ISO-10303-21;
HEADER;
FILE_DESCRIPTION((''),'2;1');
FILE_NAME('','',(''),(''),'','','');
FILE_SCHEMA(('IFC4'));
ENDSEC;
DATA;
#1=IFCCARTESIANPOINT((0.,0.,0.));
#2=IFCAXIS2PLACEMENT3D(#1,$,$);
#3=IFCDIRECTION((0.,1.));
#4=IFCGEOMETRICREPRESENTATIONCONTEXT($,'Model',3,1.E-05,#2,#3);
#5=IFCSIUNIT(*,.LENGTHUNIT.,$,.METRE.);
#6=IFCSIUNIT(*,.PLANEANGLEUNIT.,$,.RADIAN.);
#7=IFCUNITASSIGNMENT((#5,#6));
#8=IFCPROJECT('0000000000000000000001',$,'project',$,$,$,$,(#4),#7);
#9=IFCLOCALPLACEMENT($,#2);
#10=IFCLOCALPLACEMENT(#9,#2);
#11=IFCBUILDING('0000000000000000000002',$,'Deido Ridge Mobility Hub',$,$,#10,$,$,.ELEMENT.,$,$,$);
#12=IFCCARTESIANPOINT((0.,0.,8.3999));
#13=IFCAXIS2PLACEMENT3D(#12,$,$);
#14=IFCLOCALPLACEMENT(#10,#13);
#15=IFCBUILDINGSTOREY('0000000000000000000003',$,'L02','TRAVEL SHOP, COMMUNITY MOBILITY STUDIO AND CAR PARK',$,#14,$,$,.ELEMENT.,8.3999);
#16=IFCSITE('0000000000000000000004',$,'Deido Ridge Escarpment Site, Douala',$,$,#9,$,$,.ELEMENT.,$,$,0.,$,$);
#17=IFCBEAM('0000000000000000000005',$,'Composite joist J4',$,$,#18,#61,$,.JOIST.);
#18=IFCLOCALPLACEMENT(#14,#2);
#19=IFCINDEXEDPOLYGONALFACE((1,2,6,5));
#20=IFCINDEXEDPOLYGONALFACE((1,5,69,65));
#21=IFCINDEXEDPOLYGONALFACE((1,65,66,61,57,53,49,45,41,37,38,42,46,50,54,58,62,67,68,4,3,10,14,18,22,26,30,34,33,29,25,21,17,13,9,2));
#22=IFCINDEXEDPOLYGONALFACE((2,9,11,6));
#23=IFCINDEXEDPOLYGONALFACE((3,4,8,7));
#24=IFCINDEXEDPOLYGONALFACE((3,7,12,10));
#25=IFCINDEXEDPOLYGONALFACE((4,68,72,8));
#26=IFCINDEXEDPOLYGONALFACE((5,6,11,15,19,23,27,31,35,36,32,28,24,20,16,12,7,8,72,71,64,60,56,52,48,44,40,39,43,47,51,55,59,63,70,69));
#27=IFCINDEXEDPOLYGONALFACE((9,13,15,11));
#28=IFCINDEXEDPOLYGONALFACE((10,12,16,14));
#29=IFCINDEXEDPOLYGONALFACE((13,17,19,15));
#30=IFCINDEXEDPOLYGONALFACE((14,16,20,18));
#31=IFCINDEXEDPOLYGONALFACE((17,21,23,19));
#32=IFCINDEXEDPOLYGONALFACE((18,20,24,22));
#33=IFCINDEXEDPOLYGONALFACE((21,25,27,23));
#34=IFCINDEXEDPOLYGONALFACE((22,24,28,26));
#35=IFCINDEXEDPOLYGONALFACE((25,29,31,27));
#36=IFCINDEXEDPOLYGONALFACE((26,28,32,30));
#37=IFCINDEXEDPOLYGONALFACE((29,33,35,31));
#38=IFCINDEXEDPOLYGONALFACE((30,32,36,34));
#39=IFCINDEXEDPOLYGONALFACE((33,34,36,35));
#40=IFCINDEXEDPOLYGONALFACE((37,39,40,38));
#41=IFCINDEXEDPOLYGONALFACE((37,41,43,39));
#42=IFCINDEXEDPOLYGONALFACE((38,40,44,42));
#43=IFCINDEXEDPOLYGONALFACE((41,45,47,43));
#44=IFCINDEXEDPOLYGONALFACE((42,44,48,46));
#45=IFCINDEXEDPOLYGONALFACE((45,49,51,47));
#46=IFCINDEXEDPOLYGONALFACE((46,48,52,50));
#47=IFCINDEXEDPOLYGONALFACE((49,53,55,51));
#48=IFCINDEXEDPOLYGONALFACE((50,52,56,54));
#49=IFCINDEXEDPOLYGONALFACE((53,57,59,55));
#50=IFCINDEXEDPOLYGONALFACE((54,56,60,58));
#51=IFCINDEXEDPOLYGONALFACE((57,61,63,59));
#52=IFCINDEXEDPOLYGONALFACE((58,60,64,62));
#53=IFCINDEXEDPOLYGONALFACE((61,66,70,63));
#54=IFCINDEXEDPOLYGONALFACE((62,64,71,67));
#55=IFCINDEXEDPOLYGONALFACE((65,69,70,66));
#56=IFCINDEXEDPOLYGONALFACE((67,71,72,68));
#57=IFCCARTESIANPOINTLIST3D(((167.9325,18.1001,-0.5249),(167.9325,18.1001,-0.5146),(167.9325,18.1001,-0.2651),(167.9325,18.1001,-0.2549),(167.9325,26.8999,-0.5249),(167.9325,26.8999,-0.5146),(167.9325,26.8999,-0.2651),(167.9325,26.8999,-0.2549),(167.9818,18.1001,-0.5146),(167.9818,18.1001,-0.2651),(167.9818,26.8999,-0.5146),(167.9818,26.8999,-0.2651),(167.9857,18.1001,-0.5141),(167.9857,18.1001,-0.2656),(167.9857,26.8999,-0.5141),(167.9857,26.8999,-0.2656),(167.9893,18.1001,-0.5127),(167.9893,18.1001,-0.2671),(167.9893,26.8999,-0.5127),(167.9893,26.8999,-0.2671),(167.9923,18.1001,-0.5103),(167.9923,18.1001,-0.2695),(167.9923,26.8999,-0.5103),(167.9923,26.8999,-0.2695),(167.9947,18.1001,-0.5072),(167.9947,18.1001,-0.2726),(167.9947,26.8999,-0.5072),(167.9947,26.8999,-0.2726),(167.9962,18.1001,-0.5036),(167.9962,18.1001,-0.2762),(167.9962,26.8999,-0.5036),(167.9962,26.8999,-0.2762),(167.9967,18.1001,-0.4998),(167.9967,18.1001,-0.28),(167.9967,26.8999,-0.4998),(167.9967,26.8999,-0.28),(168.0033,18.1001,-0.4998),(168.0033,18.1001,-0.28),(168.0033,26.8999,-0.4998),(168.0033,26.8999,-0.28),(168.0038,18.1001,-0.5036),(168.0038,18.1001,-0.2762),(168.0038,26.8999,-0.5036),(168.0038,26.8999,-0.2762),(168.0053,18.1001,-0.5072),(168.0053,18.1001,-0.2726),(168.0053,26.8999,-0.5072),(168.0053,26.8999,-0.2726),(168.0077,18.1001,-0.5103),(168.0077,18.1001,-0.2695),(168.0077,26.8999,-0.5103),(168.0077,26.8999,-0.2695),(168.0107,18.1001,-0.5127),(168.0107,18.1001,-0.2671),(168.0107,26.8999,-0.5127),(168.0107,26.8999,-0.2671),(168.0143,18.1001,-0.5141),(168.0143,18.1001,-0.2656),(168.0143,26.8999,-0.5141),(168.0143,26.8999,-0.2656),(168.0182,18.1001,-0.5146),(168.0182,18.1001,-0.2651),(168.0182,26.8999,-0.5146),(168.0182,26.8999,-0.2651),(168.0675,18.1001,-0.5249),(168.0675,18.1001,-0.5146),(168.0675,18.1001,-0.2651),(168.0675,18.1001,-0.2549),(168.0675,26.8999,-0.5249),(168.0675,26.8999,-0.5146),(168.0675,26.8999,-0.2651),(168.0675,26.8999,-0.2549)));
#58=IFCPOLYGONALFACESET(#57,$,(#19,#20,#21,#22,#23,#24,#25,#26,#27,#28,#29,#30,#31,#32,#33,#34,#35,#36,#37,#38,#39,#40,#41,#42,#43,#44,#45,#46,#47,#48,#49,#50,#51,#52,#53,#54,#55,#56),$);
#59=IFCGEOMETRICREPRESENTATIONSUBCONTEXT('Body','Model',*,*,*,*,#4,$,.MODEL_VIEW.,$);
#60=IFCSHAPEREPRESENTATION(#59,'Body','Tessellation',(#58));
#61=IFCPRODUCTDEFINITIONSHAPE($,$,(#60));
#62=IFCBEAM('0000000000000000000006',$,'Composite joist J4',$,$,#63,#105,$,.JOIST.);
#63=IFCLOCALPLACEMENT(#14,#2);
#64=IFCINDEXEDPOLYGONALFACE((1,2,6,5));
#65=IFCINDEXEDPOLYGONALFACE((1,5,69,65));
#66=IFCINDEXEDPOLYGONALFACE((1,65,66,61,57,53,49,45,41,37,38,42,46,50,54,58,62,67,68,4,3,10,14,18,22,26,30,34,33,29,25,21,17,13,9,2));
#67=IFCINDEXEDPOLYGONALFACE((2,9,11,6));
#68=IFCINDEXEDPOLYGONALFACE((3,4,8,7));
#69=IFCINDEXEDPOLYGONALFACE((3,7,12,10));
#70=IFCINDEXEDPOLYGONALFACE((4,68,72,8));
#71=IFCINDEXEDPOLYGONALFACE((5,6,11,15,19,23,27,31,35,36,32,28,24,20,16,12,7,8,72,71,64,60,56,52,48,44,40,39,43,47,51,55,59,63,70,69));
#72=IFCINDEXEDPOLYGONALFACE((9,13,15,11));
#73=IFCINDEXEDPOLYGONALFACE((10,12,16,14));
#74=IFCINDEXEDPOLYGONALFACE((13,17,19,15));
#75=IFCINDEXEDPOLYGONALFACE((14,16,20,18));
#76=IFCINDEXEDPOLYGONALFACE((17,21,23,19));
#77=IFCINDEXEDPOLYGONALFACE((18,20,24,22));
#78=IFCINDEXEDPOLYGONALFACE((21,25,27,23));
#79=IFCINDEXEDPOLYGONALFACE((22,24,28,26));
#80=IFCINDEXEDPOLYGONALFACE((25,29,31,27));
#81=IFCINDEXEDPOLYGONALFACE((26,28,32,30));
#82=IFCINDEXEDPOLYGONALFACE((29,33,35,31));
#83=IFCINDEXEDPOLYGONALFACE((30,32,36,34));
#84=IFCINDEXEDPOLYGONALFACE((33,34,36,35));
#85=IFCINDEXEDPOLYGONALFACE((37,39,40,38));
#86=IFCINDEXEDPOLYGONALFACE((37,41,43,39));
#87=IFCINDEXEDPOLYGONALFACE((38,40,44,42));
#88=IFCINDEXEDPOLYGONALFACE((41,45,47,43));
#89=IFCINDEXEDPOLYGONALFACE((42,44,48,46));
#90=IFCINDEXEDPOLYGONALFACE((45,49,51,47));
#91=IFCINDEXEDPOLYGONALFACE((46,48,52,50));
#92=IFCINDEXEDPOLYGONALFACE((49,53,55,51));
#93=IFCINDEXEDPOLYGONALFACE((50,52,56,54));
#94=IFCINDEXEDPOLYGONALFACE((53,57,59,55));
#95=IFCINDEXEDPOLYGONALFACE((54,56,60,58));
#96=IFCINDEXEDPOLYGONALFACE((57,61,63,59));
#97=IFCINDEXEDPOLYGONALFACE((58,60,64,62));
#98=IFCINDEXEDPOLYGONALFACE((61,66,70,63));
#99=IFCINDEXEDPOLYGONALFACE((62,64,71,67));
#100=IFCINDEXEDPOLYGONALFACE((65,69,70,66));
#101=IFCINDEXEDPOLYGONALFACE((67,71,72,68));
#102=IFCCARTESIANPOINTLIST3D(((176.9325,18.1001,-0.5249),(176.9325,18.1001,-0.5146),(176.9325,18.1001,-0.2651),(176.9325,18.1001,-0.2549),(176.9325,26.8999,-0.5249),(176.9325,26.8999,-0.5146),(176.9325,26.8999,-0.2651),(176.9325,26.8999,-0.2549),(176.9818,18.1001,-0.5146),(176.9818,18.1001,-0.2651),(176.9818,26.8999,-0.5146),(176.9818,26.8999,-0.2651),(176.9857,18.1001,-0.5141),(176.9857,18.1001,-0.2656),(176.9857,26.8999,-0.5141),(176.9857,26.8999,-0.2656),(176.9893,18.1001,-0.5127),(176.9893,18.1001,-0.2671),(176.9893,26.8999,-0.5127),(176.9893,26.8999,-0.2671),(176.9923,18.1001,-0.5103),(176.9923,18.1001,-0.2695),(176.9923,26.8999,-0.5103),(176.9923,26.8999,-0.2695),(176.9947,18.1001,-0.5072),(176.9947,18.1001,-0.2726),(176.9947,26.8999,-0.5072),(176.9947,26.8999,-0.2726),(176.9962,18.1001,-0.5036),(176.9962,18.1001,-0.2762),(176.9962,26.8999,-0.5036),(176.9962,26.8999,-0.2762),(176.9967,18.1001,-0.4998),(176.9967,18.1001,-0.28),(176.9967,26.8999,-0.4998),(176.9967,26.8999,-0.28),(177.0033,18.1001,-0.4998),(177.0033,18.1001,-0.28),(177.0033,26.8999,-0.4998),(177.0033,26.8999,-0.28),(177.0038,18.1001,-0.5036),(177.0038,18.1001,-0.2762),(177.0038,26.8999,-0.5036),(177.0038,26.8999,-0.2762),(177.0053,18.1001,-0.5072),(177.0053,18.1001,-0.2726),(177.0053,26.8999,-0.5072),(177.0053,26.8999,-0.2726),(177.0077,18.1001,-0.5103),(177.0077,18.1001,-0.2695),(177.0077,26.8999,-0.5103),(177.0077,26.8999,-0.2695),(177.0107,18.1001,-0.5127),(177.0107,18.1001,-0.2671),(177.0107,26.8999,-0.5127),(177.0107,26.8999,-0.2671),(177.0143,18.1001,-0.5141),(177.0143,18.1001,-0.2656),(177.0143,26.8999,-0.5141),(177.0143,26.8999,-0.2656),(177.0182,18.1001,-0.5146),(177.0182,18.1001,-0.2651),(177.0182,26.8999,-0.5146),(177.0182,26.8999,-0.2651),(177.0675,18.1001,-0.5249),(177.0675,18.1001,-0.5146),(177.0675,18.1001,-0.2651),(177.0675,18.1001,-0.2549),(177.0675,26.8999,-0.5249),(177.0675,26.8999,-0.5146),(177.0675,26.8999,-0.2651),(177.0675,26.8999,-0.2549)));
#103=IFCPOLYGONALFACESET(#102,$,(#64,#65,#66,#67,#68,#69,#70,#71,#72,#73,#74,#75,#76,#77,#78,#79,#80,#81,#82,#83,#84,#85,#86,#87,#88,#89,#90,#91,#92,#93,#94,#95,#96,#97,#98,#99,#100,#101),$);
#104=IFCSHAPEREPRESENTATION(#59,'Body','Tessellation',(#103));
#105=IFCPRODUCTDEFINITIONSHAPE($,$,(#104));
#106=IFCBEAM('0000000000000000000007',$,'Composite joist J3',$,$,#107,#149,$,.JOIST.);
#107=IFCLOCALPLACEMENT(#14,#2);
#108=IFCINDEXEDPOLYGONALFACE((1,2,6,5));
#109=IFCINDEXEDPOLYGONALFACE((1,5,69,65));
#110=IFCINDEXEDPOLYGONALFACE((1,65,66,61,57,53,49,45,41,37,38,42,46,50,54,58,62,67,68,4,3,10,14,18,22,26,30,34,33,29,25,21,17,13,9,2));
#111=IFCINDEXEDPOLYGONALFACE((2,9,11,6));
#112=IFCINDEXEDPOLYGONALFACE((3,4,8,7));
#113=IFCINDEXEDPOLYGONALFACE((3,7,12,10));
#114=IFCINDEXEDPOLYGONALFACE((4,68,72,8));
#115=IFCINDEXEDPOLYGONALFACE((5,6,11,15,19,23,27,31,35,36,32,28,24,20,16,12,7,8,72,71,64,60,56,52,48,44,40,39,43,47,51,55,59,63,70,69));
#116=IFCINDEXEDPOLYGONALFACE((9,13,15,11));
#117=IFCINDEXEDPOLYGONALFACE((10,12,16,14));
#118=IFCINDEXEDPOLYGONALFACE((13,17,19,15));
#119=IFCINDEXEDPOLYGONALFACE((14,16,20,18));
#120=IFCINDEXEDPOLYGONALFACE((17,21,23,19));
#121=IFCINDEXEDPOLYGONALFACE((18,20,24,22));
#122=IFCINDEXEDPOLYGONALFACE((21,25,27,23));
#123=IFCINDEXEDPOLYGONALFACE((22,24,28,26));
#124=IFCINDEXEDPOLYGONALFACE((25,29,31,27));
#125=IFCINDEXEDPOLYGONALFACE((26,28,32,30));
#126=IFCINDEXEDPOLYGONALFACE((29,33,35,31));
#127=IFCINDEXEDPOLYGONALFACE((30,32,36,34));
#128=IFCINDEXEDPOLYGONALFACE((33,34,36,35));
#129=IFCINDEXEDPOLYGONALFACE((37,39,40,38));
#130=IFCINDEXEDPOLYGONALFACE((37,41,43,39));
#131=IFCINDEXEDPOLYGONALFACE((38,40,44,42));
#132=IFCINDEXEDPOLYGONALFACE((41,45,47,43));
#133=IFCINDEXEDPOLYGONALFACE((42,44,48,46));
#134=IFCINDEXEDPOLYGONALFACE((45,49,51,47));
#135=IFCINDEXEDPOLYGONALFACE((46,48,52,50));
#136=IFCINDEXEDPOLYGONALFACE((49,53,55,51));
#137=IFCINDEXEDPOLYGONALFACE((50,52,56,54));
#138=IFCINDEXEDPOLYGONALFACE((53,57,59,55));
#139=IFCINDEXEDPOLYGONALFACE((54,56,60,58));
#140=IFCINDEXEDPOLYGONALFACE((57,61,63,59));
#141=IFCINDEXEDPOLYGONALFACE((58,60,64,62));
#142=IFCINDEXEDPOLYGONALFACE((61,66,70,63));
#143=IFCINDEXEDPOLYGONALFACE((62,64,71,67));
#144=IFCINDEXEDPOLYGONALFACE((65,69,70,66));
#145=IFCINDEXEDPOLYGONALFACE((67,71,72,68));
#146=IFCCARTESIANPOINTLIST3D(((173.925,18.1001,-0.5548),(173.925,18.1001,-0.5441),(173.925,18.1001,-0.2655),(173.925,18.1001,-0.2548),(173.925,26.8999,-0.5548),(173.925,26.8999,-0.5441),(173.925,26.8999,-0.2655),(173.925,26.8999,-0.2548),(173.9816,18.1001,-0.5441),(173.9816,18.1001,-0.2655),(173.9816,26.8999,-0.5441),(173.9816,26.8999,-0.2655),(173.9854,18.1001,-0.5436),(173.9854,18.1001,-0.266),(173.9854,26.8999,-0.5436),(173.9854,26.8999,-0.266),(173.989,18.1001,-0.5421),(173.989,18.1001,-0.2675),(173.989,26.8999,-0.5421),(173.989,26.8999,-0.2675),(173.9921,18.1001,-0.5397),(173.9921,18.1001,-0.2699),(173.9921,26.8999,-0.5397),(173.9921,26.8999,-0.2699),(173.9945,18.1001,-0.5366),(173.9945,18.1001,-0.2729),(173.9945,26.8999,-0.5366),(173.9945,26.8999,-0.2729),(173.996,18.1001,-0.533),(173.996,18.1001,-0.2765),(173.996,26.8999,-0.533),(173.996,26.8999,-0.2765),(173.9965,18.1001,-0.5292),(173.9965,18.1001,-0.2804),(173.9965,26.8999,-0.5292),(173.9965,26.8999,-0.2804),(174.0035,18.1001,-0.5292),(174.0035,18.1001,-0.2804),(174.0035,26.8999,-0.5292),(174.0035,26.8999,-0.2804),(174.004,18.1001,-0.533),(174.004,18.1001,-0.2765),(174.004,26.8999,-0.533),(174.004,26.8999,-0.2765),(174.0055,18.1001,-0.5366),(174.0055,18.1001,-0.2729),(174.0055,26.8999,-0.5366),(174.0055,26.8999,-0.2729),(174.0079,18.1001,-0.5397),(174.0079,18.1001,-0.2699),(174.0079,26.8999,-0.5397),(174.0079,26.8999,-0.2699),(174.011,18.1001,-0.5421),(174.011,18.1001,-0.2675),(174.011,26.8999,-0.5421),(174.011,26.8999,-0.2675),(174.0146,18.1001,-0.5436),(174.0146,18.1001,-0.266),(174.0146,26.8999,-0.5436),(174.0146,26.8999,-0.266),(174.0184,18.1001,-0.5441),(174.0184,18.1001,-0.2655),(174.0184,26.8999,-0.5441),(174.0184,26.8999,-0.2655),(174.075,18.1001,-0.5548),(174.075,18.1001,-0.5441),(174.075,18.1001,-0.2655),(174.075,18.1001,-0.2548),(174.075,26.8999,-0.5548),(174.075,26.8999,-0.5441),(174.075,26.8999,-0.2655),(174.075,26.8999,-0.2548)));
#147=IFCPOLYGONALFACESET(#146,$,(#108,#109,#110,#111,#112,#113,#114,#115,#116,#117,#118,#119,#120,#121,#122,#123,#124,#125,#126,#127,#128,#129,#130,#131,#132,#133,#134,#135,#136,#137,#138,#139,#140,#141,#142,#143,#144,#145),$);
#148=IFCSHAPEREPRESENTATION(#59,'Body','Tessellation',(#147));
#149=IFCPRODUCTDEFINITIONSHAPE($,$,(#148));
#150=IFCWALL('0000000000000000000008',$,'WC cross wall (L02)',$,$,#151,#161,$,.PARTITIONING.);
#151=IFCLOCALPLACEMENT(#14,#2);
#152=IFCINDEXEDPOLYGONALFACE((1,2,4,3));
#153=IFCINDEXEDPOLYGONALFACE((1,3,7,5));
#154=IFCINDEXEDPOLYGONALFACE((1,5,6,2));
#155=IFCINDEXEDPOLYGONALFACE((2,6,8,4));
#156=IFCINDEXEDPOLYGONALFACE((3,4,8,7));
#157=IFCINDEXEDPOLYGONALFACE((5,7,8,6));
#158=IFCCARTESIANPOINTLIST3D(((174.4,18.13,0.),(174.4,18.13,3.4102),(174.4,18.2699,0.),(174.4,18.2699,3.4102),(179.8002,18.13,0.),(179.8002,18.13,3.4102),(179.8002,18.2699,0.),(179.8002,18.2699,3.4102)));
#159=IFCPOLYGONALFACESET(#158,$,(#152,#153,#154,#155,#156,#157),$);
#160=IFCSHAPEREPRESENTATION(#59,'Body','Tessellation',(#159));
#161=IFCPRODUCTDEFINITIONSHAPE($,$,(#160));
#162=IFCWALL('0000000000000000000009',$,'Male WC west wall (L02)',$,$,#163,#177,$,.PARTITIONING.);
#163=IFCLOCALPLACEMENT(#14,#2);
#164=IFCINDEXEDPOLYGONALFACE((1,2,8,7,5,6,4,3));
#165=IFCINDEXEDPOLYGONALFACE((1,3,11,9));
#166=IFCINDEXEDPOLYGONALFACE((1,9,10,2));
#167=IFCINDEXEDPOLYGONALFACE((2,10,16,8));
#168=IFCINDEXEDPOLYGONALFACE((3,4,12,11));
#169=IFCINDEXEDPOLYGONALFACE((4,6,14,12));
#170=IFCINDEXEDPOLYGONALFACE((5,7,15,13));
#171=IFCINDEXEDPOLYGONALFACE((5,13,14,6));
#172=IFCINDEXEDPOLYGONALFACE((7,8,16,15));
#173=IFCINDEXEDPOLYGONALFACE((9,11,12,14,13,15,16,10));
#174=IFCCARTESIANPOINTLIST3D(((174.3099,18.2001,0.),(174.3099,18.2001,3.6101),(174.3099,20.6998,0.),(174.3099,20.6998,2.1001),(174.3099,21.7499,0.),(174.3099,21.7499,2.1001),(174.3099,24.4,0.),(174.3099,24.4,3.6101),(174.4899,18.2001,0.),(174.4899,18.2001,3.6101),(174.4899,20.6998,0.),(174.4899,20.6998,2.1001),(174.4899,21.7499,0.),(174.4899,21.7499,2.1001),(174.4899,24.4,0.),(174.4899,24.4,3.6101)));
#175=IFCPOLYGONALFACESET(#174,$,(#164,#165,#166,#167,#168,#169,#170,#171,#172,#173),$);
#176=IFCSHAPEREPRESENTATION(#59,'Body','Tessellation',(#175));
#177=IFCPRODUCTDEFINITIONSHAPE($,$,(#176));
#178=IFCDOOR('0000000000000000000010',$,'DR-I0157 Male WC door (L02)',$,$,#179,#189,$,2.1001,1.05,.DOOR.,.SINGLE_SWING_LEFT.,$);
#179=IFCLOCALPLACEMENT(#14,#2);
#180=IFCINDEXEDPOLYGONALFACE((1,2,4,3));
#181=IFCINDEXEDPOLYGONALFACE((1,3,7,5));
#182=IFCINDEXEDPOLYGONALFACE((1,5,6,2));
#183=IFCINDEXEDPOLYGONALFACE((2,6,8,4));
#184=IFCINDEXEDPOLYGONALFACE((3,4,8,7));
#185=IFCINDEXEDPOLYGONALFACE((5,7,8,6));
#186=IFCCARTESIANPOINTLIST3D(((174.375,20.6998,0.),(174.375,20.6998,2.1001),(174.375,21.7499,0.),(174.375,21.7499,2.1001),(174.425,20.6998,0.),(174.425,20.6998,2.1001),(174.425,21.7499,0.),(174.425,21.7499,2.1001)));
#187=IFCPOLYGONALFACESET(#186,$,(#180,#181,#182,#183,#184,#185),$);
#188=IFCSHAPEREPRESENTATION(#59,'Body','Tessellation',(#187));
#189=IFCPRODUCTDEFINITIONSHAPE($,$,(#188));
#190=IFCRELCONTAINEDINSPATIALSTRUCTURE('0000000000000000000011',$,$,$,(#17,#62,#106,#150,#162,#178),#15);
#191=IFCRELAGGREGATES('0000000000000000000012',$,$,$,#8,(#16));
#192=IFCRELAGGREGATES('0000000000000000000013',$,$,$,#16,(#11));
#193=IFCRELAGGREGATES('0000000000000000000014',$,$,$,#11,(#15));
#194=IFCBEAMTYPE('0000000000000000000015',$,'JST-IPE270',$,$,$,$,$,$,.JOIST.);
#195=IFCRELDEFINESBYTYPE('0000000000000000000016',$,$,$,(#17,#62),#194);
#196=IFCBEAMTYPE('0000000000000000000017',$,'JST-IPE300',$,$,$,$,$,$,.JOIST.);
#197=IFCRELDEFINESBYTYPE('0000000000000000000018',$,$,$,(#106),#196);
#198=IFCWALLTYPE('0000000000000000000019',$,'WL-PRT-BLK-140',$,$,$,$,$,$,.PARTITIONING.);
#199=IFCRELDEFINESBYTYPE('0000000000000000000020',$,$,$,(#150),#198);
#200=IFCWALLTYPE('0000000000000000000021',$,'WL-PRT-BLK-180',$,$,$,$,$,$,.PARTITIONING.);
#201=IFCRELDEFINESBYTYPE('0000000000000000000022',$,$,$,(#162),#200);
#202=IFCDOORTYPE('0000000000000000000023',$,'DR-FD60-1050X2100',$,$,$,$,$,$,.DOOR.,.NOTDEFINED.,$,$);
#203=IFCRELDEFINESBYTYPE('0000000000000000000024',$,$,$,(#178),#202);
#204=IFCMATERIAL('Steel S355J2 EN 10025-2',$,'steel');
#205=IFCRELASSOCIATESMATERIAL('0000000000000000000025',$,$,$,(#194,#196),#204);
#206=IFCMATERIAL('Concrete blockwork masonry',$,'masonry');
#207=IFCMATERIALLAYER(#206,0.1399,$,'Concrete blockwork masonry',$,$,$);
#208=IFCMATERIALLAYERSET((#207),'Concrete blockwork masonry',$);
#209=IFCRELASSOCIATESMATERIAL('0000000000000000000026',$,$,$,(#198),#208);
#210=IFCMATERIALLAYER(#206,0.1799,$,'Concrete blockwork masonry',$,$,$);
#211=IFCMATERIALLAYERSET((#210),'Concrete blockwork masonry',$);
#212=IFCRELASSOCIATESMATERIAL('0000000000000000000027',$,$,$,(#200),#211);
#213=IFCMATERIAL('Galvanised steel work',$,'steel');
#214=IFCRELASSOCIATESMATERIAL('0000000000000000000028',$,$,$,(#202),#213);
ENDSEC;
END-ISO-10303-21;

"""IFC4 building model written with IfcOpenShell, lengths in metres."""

from ifc_helpers import new_model, si_unit, direction, frame, frame_2d, origin, origin_2d, place, context, subcontext, project, spatial, rectangle, i_section, extrude, material, layer, layer_set, material_profile, profile_set, type_object, element, fill, save


model = new_model("IFC4")

# Units and contexts
model_context = context("Model", 3, precision=1e-05, world=origin(), true_north=direction((0.0, 1.0)))
body_context = subcontext(model_context, "Body", "Model", "MODEL_VIEW")
ifc_project = project(units=[si_unit("LENGTHUNIT", "METRE"), si_unit("PLANEANGLEUNIT", "RADIAN")], contexts=[model_context])

# Site, building, storey
site_placement = place(None, origin())
site = spatial("IfcSite", under=ifc_project, at=site_placement, Name="Deido Ridge Escarpment Site, Douala", CompositionType="ELEMENT", RefElevation=0.0)
building_placement = place(site_placement, origin())
building = spatial("IfcBuilding", under=site, at=building_placement, Name="Deido Ridge Mobility Hub", CompositionType="ELEMENT")
storey_placement = place(building_placement, frame((0.0, 0.0, 8.3999)))
storey = spatial("IfcBuildingStorey", under=building, at=storey_placement, Name="L02", Description="TRAVEL SHOP, COMMUNITY MOBILITY STUDIO AND CAR PARK", CompositionType="ELEMENT", Elevation=8.3999)

# Shared definitions
ifc_material_1 = material(Name="Steel S355J2 EN 10025-2", Category="steel")

# Beams
ifc_material_profile_1 = material_profile(ifc_material_1, i_section(OverallWidth=0.135, OverallDepth=0.27, WebThickness=0.0066, FlangeThickness=0.0103, FilletRadius=0.0149, at=origin_2d()), Name="IPE 270")
ifc_profile_set_1 = profile_set([ifc_material_profile_1], Name="Steel S355J2 EN 10025-2")
beam_type_1 = type_object("IfcBeamType", Name="JST-IPE270", PredefinedType="JOIST", material=ifc_profile_set_1)
for number, where, z_axis, x_axis, name in (
    (1, (168.0, 18.1001, -0.3899), (0.0, 1.0, 0.0), (-1.0, 0.0, 0.0), "Composite joist J4"),
    (2, (177.0, 18.1001, -0.3899), (0.0, 1.0, 0.0), (-1.0, 0.0, 0.0), "Composite joist J4"),
):
    element("IfcBeam", number, at=place(storey_placement, frame(where, z_axis=z_axis, x_axis=x_axis)), inside=storey, type_object=beam_type_1, Name=name, PredefinedType="JOIST", context=body_context, shape_type="SweptSolid", body=[
        extrude(i_section(OverallWidth=0.135, OverallDepth=0.27, WebThickness=0.0066, FlangeThickness=0.0103, FilletRadius=0.0149, at=origin_2d()), origin(), (0.0, 0.0, 1.0), 8.7998),
    ])
ifc_material_profile_2 = material_profile(ifc_material_1, i_section(OverallWidth=0.1499, OverallDepth=0.3, WebThickness=0.0071, FlangeThickness=0.0107, FilletRadius=0.0149, at=origin_2d()), Name="IPE 300")
ifc_profile_set_2 = profile_set([ifc_material_profile_2], Name="Steel S355J2 EN 10025-2")
beam_type_2 = type_object("IfcBeamType", Name="JST-IPE300", PredefinedType="JOIST", material=ifc_profile_set_2)
beam_1_placement = place(storey_placement, frame((174.0, 18.1001, -0.4048), z_axis=(0.0, 1.0, 0.0), x_axis=(-1.0, 0.0, 0.0)))
element("IfcBeam", 3, at=beam_1_placement, inside=storey, type_object=beam_type_2, Name="Composite joist J3", PredefinedType="JOIST", context=body_context, shape_type="SweptSolid", body=[
    extrude(i_section(OverallWidth=0.1499, OverallDepth=0.3, WebThickness=0.0071, FlangeThickness=0.0107, FilletRadius=0.0149, at=origin_2d()), origin(), (0.0, 0.0, 1.0), 8.7998),
])

# Wall
ifc_material_2 = material(Name="Concrete blockwork masonry", Category="masonry")
ifc_layer_1 = layer(ifc_material_2, 0.1399, Name="Concrete blockwork masonry")
ifc_layer_set_1 = layer_set([ifc_layer_1], Name="Concrete blockwork masonry")
wall_type_1 = type_object("IfcWallType", Name="WL-PRT-BLK-140", PredefinedType="PARTITIONING", material=ifc_layer_set_1)
wall_1_placement = place(storey_placement, frame((174.3999, 18.2, 0.0), z_axis=(0.0, 0.0, 1.0), x_axis=(1.0, 0.0, 0.0)))
element("IfcWall", 4, at=wall_1_placement, inside=storey, type_object=wall_type_1, Name="WC cross wall (L02)", PredefinedType="PARTITIONING", context=body_context, shape_type="SweptSolid", body=[
    extrude(rectangle(XDim=5.4001, YDim=0.1399, at=frame_2d((2.7002, 0.0))), origin(), (0.0, 0.0, 1.0), 3.4102),
])

# Wall, opening, door
ifc_layer_2 = layer(ifc_material_2, 0.1799, Name="Concrete blockwork masonry")
ifc_layer_set_2 = layer_set([ifc_layer_2], Name="Concrete blockwork masonry")
wall_type_2 = type_object("IfcWallType", Name="WL-PRT-BLK-180", PredefinedType="PARTITIONING", material=ifc_layer_set_2)
wall_2_placement = place(storey_placement, frame((174.3999, 18.2, 0.0), z_axis=(0.0, 0.0, 1.0), x_axis=(0.0, 1.0, 0.0)))
wall_2 = element("IfcWall", 5, at=wall_2_placement, inside=storey, type_object=wall_type_2, Name="Male WC west wall (L02)", PredefinedType="PARTITIONING", context=body_context, shape_type="SweptSolid", body=[
    extrude(rectangle(XDim=6.2, YDim=0.1799, at=frame_2d((3.1001, 0.0))), origin(), (0.0, 0.0, 1.0), 3.6101),
])
opening_1_placement = place(wall_2_placement, frame((2.5, 0.0, 0.0)))
opening_1 = element("IfcOpeningElement", 6, at=opening_1_placement, cuts=wall_2, PredefinedType="OPENING", context=body_context, shape_type="SweptSolid", body=[
    extrude(rectangle(XDim=1.05, YDim=2.1001, at=frame_2d((0.5249, 1.05))), frame((0.0, 0.1001, 0.0), z_axis=(0.0, -1.0, 0.0), x_axis=(1.0, 0.0, 0.0)), (0.0, 0.0, 1.0), 0.2),
])
ifc_material_3 = material(Name="Galvanised steel work", Category="steel")
door_type_1 = type_object("IfcDoorType", Name="DR-FD60-1050X2100", OperationType="NOTDEFINED", PredefinedType="DOOR", material=ifc_material_3)
door_1_placement = place(opening_1_placement, origin())
door_1 = element("IfcDoor", 7, at=door_1_placement, inside=storey, type_object=door_type_1, Name="DR-I0157 Male WC door (L02)", OperationType="SINGLE_SWING_LEFT", OverallHeight=2.1001, OverallWidth=1.05, PredefinedType="DOOR", context=body_context, shape_type="SweptSolid", body=[
    extrude(rectangle(XDim=1.05, YDim=2.1001, at=frame_2d((0.5249, 1.05))), frame((0.0, 0.0249, 0.0), z_axis=(0.0, -1.0, 0.0), x_axis=(1.0, 0.0, 0.0)), (0.0, 0.0, 1.0), 0.05),
])
fill(opening_1, door_1)

save(model, "model.ifc")
